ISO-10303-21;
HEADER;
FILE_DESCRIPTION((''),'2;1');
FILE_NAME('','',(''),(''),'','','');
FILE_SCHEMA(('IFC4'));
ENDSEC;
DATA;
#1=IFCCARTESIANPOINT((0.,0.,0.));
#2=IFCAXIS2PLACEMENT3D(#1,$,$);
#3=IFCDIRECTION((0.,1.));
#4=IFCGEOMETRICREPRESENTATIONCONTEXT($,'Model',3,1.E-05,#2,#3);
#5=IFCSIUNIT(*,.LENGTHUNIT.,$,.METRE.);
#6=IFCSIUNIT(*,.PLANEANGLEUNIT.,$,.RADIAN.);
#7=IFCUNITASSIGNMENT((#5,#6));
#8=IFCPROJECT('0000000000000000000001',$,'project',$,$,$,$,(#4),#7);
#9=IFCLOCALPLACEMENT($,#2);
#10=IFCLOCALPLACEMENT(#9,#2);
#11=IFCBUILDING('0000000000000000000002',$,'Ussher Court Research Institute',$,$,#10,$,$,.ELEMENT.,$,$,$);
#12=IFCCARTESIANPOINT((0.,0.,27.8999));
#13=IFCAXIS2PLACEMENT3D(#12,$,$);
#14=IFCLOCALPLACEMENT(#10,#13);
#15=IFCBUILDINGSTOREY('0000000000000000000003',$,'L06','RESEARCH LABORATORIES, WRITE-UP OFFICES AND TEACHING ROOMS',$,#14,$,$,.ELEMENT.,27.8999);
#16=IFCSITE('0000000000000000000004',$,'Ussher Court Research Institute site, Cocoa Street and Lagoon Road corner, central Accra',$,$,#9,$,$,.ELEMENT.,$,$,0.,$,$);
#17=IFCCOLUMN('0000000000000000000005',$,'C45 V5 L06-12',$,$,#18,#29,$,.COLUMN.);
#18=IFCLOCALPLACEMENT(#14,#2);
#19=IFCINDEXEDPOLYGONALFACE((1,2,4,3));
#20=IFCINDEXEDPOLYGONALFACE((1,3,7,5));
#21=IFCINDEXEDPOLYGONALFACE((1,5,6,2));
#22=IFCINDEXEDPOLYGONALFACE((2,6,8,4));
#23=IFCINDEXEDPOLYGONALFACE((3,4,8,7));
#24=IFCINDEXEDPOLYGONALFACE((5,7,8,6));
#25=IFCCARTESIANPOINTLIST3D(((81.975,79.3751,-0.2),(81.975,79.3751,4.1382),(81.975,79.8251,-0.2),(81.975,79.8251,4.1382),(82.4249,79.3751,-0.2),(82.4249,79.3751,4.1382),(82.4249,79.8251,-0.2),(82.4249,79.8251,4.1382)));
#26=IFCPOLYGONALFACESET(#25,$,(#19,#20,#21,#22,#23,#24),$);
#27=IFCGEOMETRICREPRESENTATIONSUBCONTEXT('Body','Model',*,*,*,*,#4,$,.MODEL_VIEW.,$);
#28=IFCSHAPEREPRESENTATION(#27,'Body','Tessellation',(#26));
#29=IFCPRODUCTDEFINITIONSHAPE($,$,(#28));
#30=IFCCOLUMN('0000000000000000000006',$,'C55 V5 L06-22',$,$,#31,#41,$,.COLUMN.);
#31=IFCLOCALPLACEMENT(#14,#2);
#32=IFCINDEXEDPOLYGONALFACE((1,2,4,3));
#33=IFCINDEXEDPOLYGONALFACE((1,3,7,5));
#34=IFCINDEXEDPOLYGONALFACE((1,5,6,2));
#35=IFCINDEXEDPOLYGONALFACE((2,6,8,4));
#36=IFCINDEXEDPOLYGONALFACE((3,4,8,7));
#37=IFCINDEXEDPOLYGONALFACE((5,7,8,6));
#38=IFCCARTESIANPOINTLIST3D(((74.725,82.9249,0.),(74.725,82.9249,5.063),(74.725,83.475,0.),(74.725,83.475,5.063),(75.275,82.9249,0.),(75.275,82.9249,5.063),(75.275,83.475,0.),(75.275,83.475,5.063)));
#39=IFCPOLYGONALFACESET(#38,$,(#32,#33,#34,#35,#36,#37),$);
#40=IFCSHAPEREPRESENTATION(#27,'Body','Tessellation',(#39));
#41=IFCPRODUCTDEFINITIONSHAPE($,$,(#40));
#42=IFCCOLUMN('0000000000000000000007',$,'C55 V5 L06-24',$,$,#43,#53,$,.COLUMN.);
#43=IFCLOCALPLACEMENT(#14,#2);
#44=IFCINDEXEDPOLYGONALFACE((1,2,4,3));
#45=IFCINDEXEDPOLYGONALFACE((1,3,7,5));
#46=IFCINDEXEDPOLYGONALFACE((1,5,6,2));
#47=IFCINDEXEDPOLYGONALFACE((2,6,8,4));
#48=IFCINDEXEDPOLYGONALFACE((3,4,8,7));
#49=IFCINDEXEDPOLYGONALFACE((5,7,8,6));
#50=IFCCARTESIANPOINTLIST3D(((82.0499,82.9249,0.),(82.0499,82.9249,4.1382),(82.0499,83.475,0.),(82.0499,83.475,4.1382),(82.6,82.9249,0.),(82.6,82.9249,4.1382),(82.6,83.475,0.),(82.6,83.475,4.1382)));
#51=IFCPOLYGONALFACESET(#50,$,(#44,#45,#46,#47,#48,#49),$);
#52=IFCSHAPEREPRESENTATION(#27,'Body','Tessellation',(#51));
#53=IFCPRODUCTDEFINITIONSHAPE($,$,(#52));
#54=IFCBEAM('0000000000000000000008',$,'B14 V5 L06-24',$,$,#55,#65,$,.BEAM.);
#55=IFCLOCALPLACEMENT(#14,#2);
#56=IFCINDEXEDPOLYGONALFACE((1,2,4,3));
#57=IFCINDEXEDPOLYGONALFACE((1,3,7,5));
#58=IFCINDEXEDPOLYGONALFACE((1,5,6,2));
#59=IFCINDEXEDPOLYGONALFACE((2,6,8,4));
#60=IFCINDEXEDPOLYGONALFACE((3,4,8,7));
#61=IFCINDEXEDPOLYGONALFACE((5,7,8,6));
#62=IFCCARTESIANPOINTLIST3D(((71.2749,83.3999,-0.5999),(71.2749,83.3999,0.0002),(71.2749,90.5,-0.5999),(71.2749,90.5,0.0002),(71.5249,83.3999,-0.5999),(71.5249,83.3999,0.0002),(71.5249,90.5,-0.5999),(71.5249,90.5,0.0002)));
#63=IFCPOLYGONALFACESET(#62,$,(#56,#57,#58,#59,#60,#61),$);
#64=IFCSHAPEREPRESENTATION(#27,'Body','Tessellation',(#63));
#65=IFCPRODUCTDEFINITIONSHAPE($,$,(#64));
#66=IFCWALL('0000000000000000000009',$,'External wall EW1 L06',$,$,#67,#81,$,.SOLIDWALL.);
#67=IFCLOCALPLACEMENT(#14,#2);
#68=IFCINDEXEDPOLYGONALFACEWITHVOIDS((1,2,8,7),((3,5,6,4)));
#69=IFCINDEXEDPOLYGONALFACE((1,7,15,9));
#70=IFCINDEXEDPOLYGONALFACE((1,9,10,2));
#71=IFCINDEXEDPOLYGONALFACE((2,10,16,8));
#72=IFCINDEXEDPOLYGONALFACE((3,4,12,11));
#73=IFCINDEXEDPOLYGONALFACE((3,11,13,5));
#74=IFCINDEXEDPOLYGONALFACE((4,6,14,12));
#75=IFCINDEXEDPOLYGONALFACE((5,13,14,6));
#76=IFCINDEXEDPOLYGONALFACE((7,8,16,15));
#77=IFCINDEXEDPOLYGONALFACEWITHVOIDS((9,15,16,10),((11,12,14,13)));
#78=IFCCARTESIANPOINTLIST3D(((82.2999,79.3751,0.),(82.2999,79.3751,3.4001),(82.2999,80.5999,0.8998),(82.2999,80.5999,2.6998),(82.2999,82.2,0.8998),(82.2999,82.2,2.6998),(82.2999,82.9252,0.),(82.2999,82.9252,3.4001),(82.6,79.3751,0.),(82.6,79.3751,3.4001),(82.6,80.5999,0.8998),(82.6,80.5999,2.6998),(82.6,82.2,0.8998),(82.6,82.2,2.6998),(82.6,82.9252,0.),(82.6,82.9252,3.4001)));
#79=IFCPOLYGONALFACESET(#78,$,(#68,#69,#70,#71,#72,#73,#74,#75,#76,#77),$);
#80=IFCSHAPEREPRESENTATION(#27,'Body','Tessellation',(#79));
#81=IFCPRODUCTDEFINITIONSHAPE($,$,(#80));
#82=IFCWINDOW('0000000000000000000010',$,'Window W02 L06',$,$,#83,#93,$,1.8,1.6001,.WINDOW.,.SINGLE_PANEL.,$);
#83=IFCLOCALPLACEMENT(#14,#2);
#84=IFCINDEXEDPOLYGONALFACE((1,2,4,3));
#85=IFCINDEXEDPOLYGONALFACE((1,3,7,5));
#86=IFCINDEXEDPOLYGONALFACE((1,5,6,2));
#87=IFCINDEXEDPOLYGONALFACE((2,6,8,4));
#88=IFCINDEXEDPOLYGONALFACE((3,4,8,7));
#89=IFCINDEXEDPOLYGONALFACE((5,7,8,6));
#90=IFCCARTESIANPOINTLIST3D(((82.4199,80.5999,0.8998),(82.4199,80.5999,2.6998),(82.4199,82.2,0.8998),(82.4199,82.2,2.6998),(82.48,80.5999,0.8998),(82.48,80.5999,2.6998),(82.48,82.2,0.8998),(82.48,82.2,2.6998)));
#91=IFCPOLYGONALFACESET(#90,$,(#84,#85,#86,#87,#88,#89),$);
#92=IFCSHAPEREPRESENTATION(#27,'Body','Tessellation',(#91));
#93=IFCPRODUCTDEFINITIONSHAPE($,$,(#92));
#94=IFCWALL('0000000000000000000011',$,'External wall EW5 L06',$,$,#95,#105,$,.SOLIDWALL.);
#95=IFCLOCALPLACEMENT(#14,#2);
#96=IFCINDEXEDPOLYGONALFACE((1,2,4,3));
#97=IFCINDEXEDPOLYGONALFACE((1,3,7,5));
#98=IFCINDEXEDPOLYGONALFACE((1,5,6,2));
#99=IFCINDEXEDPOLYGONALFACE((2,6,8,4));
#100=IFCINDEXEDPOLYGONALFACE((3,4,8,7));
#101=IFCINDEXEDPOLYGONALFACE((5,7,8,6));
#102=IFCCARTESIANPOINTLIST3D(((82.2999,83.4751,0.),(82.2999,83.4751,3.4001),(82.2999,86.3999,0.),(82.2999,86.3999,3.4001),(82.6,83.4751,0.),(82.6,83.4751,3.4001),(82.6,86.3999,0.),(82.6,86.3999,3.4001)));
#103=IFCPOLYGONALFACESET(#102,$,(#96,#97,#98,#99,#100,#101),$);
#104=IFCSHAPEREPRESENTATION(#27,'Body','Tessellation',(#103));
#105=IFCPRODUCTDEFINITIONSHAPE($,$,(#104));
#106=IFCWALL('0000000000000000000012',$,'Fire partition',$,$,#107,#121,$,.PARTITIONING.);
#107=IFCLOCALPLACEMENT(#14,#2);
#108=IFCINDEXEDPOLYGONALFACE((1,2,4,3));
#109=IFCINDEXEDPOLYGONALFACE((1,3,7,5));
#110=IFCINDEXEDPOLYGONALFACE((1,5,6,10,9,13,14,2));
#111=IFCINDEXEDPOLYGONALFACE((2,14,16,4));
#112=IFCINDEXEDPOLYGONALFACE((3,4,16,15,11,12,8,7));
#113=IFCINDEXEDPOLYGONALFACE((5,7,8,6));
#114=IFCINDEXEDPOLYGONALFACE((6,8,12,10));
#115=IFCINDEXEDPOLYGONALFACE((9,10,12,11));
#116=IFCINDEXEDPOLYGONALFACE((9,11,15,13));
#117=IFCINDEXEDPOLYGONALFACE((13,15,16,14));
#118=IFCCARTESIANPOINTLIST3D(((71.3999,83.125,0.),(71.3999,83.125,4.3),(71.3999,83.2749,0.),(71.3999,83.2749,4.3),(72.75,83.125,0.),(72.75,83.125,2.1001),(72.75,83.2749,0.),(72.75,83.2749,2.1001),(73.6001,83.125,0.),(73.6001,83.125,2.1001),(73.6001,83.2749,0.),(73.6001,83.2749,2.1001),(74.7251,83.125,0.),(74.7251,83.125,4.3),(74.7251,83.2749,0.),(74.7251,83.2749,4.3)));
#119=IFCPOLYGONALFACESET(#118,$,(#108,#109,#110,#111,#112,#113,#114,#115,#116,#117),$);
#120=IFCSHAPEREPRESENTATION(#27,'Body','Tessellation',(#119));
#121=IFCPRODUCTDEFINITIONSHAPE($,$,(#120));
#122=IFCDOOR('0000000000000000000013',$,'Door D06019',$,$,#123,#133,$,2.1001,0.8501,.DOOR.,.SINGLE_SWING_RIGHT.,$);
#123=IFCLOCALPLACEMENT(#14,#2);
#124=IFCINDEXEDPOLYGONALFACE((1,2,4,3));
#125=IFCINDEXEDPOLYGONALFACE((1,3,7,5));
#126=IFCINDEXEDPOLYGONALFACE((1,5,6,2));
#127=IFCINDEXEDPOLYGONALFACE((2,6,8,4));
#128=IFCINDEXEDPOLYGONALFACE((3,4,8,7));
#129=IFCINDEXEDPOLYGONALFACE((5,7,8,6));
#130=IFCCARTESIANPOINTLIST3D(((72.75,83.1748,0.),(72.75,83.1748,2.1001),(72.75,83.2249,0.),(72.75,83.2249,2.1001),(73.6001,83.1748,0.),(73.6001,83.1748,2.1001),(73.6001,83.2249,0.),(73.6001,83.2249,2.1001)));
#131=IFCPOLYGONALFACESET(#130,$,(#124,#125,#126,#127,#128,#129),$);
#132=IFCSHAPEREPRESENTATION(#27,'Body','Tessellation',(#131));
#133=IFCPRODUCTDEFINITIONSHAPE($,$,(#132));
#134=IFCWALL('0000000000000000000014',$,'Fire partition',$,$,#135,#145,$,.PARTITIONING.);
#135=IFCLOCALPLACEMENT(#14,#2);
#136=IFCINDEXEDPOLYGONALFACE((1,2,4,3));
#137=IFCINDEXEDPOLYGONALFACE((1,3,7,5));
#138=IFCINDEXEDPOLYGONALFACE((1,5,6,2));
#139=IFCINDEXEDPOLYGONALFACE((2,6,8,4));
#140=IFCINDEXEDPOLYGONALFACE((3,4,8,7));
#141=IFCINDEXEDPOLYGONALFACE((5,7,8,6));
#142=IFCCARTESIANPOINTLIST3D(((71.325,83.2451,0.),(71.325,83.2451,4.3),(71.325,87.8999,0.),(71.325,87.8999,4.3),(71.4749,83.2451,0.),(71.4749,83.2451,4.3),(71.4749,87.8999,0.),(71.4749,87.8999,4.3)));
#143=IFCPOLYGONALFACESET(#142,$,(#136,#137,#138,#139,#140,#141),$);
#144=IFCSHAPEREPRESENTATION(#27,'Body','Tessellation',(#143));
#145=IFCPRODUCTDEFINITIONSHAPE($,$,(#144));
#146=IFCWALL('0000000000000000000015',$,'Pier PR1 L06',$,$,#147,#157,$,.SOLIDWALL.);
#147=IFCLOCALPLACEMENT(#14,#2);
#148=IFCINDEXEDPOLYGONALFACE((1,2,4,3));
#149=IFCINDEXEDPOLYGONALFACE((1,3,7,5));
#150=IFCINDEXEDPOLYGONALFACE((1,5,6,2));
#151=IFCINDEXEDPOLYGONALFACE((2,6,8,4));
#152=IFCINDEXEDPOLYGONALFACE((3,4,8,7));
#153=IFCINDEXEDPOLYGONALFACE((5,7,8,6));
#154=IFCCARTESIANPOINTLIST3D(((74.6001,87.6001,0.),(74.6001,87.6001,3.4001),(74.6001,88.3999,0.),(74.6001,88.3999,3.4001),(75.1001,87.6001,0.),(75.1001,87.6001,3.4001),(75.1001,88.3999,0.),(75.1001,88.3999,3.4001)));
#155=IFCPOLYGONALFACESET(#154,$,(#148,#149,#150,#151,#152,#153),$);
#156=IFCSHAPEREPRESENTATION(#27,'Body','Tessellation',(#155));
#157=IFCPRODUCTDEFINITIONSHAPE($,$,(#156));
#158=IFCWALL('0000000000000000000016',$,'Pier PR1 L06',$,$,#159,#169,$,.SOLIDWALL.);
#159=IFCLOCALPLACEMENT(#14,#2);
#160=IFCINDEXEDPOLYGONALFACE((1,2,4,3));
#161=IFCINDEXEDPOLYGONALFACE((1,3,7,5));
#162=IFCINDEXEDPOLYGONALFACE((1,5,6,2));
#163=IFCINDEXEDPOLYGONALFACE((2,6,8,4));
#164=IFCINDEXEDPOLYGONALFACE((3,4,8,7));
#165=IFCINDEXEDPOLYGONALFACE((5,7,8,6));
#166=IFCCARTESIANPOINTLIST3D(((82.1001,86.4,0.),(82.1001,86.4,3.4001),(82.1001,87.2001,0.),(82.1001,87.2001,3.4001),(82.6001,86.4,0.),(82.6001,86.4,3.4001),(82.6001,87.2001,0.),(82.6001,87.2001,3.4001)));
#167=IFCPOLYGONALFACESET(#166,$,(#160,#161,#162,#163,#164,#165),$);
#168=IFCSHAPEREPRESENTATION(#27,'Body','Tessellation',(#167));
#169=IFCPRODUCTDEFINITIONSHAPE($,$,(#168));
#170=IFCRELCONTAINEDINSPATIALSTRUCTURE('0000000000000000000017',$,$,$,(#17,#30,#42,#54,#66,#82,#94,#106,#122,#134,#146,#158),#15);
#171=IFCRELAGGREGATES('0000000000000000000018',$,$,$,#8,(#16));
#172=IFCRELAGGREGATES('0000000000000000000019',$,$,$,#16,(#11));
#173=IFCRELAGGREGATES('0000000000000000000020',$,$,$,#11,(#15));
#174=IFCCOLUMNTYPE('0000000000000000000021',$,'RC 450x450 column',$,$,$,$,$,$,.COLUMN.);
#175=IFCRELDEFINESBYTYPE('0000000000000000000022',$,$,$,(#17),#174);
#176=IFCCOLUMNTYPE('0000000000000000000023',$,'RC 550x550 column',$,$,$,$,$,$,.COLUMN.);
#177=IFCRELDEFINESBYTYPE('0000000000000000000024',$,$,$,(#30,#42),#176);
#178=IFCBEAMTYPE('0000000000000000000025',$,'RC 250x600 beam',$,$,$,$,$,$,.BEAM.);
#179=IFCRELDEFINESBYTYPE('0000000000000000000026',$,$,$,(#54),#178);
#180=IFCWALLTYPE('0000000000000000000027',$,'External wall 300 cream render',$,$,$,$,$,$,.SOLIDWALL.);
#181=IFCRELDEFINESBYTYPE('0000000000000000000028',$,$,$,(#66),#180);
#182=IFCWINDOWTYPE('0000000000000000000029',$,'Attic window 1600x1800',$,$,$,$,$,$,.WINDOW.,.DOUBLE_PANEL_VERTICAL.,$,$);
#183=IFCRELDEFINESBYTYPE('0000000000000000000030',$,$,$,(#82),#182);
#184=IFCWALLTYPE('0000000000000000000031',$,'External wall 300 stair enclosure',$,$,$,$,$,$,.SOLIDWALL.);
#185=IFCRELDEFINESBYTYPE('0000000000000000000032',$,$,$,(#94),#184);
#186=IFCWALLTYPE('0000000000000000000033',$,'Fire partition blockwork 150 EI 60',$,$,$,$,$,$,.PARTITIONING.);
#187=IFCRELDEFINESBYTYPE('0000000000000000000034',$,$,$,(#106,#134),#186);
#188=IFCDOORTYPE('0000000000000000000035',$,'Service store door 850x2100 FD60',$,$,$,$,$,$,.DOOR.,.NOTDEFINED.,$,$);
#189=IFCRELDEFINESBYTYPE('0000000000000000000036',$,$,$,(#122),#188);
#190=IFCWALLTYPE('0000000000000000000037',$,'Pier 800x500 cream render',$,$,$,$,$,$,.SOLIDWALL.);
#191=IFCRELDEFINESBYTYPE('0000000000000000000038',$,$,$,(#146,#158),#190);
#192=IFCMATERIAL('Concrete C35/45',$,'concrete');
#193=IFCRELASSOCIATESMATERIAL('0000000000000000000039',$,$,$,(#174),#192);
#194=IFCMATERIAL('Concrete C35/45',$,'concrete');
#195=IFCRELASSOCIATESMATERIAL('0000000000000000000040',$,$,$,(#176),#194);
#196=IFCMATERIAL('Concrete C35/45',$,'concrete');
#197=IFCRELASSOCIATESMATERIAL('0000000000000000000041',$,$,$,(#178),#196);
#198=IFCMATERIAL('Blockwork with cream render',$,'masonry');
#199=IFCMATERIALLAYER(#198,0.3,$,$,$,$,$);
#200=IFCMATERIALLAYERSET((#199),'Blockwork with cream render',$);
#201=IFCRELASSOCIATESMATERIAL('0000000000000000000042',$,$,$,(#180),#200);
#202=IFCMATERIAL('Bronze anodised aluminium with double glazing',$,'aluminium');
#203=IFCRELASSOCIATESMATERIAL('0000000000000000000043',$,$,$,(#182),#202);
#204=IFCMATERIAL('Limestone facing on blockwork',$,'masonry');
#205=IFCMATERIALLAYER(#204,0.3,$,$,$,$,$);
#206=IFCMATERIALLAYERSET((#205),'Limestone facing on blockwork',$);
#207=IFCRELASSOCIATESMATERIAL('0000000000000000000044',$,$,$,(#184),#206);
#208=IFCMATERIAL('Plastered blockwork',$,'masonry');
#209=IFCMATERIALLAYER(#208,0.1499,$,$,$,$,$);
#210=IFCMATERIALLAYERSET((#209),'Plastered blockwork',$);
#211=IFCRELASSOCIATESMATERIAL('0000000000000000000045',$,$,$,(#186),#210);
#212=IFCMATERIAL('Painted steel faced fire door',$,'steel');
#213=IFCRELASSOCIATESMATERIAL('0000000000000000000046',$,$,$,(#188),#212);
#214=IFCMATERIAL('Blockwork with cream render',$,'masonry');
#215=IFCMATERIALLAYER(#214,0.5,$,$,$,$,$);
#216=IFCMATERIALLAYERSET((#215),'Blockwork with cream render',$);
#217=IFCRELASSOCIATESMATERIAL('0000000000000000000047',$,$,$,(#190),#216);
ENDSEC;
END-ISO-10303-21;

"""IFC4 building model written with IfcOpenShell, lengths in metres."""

from ifc_helpers import new_model, si_unit, direction, frame, frame_2d, origin, origin_2d, place, context, subcontext, project, spatial, rectangle, extrude, material, layer, layer_set, material_profile, profile_set, type_object, element, fill, save


model = new_model("IFC4")

# Units and contexts
model_context = context("Model", 3, precision=1e-05, world=origin(), true_north=direction((0.0, 1.0)))
body_context = subcontext(model_context, "Body", "Model", "MODEL_VIEW")
ifc_project = project(units=[si_unit("LENGTHUNIT", "METRE"), si_unit("PLANEANGLEUNIT", "RADIAN")], contexts=[model_context])

# Site, building, storey
site_placement = place(None, origin())
site = spatial("IfcSite", under=ifc_project, at=site_placement, Name="Ussher Court Research Institute site, Cocoa Street and Lagoon Road corner, central Accra", CompositionType="ELEMENT", RefElevation=0.0)
building_placement = place(site_placement, origin())
building = spatial("IfcBuilding", under=site, at=building_placement, Name="Ussher Court Research Institute", CompositionType="ELEMENT")
storey_placement = place(building_placement, frame((0.0, 0.0, 27.8999)))
storey = spatial("IfcBuildingStorey", under=building, at=storey_placement, Name="L06", Description="RESEARCH LABORATORIES, WRITE-UP OFFICES AND TEACHING ROOMS", CompositionType="ELEMENT", Elevation=27.8999)

# Columns
ifc_material_1 = material(Name="Concrete C35/45", Category="concrete")
ifc_material_profile_1 = material_profile(ifc_material_1, rectangle(XDim=0.45, YDim=0.45, at=origin_2d()), Name="RC 450x450")
ifc_profile_set_1 = profile_set([ifc_material_profile_1], Name="Concrete C35/45")
column_type_1 = type_object("IfcColumnType", Name="RC 450x450 column", PredefinedType="COLUMN", material=ifc_profile_set_1)
column_1_placement = place(storey_placement, frame((82.2, 79.6001, -0.2), z_axis=(0.0, 0.0, 1.0), x_axis=(1.0, 0.0, 0.0)))
element("IfcColumn", 1, at=column_1_placement, inside=storey, type_object=column_type_1, Name="C45 V5 L06-12", PredefinedType="COLUMN", context=body_context, shape_type="SweptSolid", body=[
    extrude(rectangle(XDim=0.45, YDim=0.45, at=origin_2d()), origin(), (0.0, 0.0, 1.0), 4.3381),
])
ifc_material_2 = material(Name="Concrete C35/45", Category="concrete")
ifc_material_profile_2 = material_profile(ifc_material_2, rectangle(XDim=0.55, YDim=0.55, at=origin_2d()), Name="RC 550x550")
ifc_profile_set_2 = profile_set([ifc_material_profile_2], Name="Concrete C35/45")
column_type_2 = type_object("IfcColumnType", Name="RC 550x550 column", PredefinedType="COLUMN", material=ifc_profile_set_2)
column_2_placement = place(storey_placement, frame((75.0, 83.2, 0.0), z_axis=(0.0, 0.0, 1.0), x_axis=(1.0, 0.0, 0.0)))
element("IfcColumn", 2, at=column_2_placement, inside=storey, type_object=column_type_2, Name="C55 V5 L06-22", PredefinedType="COLUMN", context=body_context, shape_type="SweptSolid", body=[
    extrude(rectangle(XDim=0.55, YDim=0.55, at=origin_2d()), origin(), (0.0, 0.0, 1.0), 5.063),
])
column_3_placement = place(storey_placement, frame((82.325, 83.2, 0.0), z_axis=(0.0, 0.0, 1.0), x_axis=(1.0, 0.0, 0.0)))
element("IfcColumn", 3, at=column_3_placement, inside=storey, type_object=column_type_2, Name="C55 V5 L06-24", PredefinedType="COLUMN", context=body_context, shape_type="SweptSolid", body=[
    extrude(rectangle(XDim=0.55, YDim=0.55, at=origin_2d()), origin(), (0.0, 0.0, 1.0), 4.1382),
])

# Beam
ifc_material_3 = material(Name="Concrete C35/45", Category="concrete")
ifc_material_profile_3 = material_profile(ifc_material_3, rectangle(XDim=0.25, YDim=0.6001, at=origin_2d()), Name="RC 250x600")
ifc_profile_set_3 = profile_set([ifc_material_profile_3], Name="Concrete C35/45")
beam_type = type_object("IfcBeamType", Name="RC 250x600 beam", PredefinedType="BEAM", material=ifc_profile_set_3)
beam_placement = place(storey_placement, frame((71.3999, 83.3999, -0.2998), z_axis=(0.0, 1.0, 0.0), x_axis=(-1.0, 0.0, 0.0)))
element("IfcBeam", 4, at=beam_placement, inside=storey, type_object=beam_type, Name="B14 V5 L06-24", PredefinedType="BEAM", context=body_context, shape_type="SweptSolid", body=[
    extrude(rectangle(XDim=0.25, YDim=0.6001, at=origin_2d()), origin(), (0.0, 0.0, 1.0), 7.1001),
])

# Wall, opening, window
ifc_material_4 = material(Name="Blockwork with cream render", Category="masonry")
ifc_layer_1 = layer(ifc_material_4, 0.3)
ifc_layer_set_1 = layer_set([ifc_layer_1], Name="Blockwork with cream render")
wall_type_1 = type_object("IfcWallType", Name="External wall 300 cream render", PredefinedType="SOLIDWALL", material=ifc_layer_set_1)
wall_1_placement = place(storey_placement, frame((82.45, 82.925, 0.0), z_axis=(0.0, 0.0, 1.0), x_axis=(0.0, -1.0, 0.0)))
wall_1 = element("IfcWall", 5, at=wall_1_placement, inside=storey, type_object=wall_type_1, Name="External wall EW1 L06", PredefinedType="SOLIDWALL", context=body_context, shape_type="SweptSolid", body=[
    extrude(rectangle(XDim=3.55, YDim=0.3, at=frame_2d((1.7749, 0.0))), origin(), (0.0, 0.0, 1.0), 3.4001),
])
opening_1_placement = place(wall_1_placement, frame((0.7251, 0.0, 0.8999)))
opening_1 = element("IfcOpeningElement", 6, at=opening_1_placement, cuts=wall_1, PredefinedType="OPENING", context=body_context, shape_type="SweptSolid", body=[
    extrude(rectangle(XDim=1.6001, YDim=1.8, at=frame_2d((0.8, 0.8999))), frame((0.0, 0.1602, 0.0), z_axis=(0.0, -1.0, 0.0), x_axis=(1.0, 0.0, 0.0)), (0.0, 0.0, 1.0), 0.3201),
])
ifc_material_5 = material(Name="Bronze anodised aluminium with double glazing", Category="aluminium")
window_type_1 = type_object("IfcWindowType", Name="Attic window 1600x1800", PartitioningType="DOUBLE_PANEL_VERTICAL", PredefinedType="WINDOW", material=ifc_material_5)
window_1_placement = place(opening_1_placement, origin())
window_1 = element("IfcWindow", 7, at=window_1_placement, inside=storey, type_object=window_type_1, Name="Window W02 L06", OverallHeight=1.8, OverallWidth=1.6001, PartitioningType="SINGLE_PANEL", PredefinedType="WINDOW", context=body_context, shape_type="SweptSolid", body=[
    extrude(rectangle(XDim=1.6001, YDim=1.8, at=frame_2d((0.8, 0.8999))), frame((0.0, 0.03, 0.0), z_axis=(0.0, -1.0, 0.0), x_axis=(1.0, 0.0, 0.0)), (0.0, 0.0, 1.0), 0.0601),
])
fill(opening_1, window_1)

# Wall
ifc_material_6 = material(Name="Limestone facing on blockwork", Category="masonry")
ifc_layer_2 = layer(ifc_material_6, 0.3)
ifc_layer_set_2 = layer_set([ifc_layer_2], Name="Limestone facing on blockwork")
wall_type_2 = type_object("IfcWallType", Name="External wall 300 stair enclosure", PredefinedType="SOLIDWALL", material=ifc_layer_set_2)
wall_2_placement = place(storey_placement, frame((82.45, 86.3999, 0.0), z_axis=(0.0, 0.0, 1.0), x_axis=(0.0, -1.0, 0.0)))
element("IfcWall", 8, at=wall_2_placement, inside=storey, type_object=wall_type_2, Name="External wall EW5 L06", PredefinedType="SOLIDWALL", context=body_context, shape_type="SweptSolid", body=[
    extrude(rectangle(XDim=2.9248, YDim=0.3, at=frame_2d((1.4624, 0.0))), origin(), (0.0, 0.0, 1.0), 3.4001),
])

# Wall, opening, door
ifc_material_7 = material(Name="Plastered blockwork", Category="masonry")
ifc_layer_3 = layer(ifc_material_7, 0.1499)
ifc_layer_set_3 = layer_set([ifc_layer_3], Name="Plastered blockwork")
wall_type_3 = type_object("IfcWallType", Name="Fire partition blockwork 150 EI 60", PredefinedType="PARTITIONING", material=ifc_layer_set_3)
wall_3_placement = place(storey_placement, frame((71.3999, 83.2, 0.0), z_axis=(0.0, 0.0, 1.0), x_axis=(1.0, 0.0, 0.0)))
wall_3 = element("IfcWall", 9, at=wall_3_placement, inside=storey, type_object=wall_type_3, Name="Fire partition", PredefinedType="PARTITIONING", context=body_context, shape_type="SweptSolid", body=[
    extrude(rectangle(XDim=3.3252, YDim=0.1499, at=frame_2d((1.6626, 0.0))), origin(), (0.0, 0.0, 1.0), 4.3),
])
opening_2_placement = place(wall_3_placement, frame((1.3501, 0.0, 0.0)))
opening_2 = element("IfcOpeningElement", 10, at=opening_2_placement, cuts=wall_3, PredefinedType="OPENING", context=body_context, shape_type="SweptSolid", body=[
    extrude(rectangle(XDim=0.8501, YDim=2.1001, at=frame_2d((0.425, 1.05))), frame((0.0, 0.085, 0.0), z_axis=(0.0, -1.0, 0.0), x_axis=(1.0, 0.0, 0.0)), (0.0, 0.0, 1.0), 0.1699),
])
ifc_material_8 = material(Name="Painted steel faced fire door", Category="steel")
door_type_1 = type_object("IfcDoorType", Name="Service store door 850x2100 FD60", OperationType="NOTDEFINED", PredefinedType="DOOR", material=ifc_material_8)
door_1_placement = place(opening_2_placement, origin())
door_1 = element("IfcDoor", 11, at=door_1_placement, inside=storey, type_object=door_type_1, Name="Door D06019", OperationType="SINGLE_SWING_RIGHT", OverallHeight=2.1001, OverallWidth=0.8501, PredefinedType="DOOR", context=body_context, shape_type="SweptSolid", body=[
    extrude(rectangle(XDim=0.8501, YDim=2.1001, at=frame_2d((0.425, 1.05))), frame((0.0, 0.0249, 0.0), z_axis=(0.0, -1.0, 0.0), x_axis=(1.0, 0.0, 0.0)), (0.0, 0.0, 1.0), 0.05),
])
fill(opening_2, door_1)

# Walls
wall_4_placement = place(storey_placement, frame((71.3999, 83.2451, 0.0), z_axis=(0.0, 0.0, 1.0), x_axis=(0.0, 1.0, 0.0)))
element("IfcWall", 12, at=wall_4_placement, inside=storey, type_object=wall_type_3, Name="Fire partition", PredefinedType="PARTITIONING", context=body_context, shape_type="SweptSolid", body=[
    extrude(rectangle(XDim=4.6548, YDim=0.1499, at=frame_2d((2.3274, 0.0))), origin(), (0.0, 0.0, 1.0), 4.3),
])
ifc_material_9 = material(Name="Blockwork with cream render", Category="masonry")
ifc_layer_4 = layer(ifc_material_9, 0.5)
ifc_layer_set_4 = layer_set([ifc_layer_4], Name="Blockwork with cream render")
wall_type_4 = type_object("IfcWallType", Name="Pier 800x500 cream render", PredefinedType="SOLIDWALL", material=ifc_layer_set_4)
wall_5_placement = place(storey_placement, frame((74.8501, 87.6001, 0.0), z_axis=(0.0, 0.0, 1.0), x_axis=(0.0, 1.0, 0.0)))
element("IfcWall", 13, at=wall_5_placement, inside=storey, type_object=wall_type_4, Name="Pier PR1 L06", PredefinedType="SOLIDWALL", context=body_context, shape_type="SweptSolid", body=[
    extrude(rectangle(XDim=0.7998, YDim=0.5, at=frame_2d((0.3999, 0.0))), origin(), (0.0, 0.0, 1.0), 3.4001),
])
wall_6_placement = place(storey_placement, frame((82.3501, 87.2, 0.0), z_axis=(0.0, 0.0, 1.0), x_axis=(0.0, -1.0, 0.0)))
element("IfcWall", 14, at=wall_6_placement, inside=storey, type_object=wall_type_4, Name="Pier PR1 L06", PredefinedType="SOLIDWALL", context=body_context, shape_type="SweptSolid", body=[
    extrude(rectangle(XDim=0.8, YDim=0.5, at=frame_2d((0.3999, 0.0))), origin(), (0.0, 0.0, 1.0), 3.4001),
])

save(model, "model.ifc")
